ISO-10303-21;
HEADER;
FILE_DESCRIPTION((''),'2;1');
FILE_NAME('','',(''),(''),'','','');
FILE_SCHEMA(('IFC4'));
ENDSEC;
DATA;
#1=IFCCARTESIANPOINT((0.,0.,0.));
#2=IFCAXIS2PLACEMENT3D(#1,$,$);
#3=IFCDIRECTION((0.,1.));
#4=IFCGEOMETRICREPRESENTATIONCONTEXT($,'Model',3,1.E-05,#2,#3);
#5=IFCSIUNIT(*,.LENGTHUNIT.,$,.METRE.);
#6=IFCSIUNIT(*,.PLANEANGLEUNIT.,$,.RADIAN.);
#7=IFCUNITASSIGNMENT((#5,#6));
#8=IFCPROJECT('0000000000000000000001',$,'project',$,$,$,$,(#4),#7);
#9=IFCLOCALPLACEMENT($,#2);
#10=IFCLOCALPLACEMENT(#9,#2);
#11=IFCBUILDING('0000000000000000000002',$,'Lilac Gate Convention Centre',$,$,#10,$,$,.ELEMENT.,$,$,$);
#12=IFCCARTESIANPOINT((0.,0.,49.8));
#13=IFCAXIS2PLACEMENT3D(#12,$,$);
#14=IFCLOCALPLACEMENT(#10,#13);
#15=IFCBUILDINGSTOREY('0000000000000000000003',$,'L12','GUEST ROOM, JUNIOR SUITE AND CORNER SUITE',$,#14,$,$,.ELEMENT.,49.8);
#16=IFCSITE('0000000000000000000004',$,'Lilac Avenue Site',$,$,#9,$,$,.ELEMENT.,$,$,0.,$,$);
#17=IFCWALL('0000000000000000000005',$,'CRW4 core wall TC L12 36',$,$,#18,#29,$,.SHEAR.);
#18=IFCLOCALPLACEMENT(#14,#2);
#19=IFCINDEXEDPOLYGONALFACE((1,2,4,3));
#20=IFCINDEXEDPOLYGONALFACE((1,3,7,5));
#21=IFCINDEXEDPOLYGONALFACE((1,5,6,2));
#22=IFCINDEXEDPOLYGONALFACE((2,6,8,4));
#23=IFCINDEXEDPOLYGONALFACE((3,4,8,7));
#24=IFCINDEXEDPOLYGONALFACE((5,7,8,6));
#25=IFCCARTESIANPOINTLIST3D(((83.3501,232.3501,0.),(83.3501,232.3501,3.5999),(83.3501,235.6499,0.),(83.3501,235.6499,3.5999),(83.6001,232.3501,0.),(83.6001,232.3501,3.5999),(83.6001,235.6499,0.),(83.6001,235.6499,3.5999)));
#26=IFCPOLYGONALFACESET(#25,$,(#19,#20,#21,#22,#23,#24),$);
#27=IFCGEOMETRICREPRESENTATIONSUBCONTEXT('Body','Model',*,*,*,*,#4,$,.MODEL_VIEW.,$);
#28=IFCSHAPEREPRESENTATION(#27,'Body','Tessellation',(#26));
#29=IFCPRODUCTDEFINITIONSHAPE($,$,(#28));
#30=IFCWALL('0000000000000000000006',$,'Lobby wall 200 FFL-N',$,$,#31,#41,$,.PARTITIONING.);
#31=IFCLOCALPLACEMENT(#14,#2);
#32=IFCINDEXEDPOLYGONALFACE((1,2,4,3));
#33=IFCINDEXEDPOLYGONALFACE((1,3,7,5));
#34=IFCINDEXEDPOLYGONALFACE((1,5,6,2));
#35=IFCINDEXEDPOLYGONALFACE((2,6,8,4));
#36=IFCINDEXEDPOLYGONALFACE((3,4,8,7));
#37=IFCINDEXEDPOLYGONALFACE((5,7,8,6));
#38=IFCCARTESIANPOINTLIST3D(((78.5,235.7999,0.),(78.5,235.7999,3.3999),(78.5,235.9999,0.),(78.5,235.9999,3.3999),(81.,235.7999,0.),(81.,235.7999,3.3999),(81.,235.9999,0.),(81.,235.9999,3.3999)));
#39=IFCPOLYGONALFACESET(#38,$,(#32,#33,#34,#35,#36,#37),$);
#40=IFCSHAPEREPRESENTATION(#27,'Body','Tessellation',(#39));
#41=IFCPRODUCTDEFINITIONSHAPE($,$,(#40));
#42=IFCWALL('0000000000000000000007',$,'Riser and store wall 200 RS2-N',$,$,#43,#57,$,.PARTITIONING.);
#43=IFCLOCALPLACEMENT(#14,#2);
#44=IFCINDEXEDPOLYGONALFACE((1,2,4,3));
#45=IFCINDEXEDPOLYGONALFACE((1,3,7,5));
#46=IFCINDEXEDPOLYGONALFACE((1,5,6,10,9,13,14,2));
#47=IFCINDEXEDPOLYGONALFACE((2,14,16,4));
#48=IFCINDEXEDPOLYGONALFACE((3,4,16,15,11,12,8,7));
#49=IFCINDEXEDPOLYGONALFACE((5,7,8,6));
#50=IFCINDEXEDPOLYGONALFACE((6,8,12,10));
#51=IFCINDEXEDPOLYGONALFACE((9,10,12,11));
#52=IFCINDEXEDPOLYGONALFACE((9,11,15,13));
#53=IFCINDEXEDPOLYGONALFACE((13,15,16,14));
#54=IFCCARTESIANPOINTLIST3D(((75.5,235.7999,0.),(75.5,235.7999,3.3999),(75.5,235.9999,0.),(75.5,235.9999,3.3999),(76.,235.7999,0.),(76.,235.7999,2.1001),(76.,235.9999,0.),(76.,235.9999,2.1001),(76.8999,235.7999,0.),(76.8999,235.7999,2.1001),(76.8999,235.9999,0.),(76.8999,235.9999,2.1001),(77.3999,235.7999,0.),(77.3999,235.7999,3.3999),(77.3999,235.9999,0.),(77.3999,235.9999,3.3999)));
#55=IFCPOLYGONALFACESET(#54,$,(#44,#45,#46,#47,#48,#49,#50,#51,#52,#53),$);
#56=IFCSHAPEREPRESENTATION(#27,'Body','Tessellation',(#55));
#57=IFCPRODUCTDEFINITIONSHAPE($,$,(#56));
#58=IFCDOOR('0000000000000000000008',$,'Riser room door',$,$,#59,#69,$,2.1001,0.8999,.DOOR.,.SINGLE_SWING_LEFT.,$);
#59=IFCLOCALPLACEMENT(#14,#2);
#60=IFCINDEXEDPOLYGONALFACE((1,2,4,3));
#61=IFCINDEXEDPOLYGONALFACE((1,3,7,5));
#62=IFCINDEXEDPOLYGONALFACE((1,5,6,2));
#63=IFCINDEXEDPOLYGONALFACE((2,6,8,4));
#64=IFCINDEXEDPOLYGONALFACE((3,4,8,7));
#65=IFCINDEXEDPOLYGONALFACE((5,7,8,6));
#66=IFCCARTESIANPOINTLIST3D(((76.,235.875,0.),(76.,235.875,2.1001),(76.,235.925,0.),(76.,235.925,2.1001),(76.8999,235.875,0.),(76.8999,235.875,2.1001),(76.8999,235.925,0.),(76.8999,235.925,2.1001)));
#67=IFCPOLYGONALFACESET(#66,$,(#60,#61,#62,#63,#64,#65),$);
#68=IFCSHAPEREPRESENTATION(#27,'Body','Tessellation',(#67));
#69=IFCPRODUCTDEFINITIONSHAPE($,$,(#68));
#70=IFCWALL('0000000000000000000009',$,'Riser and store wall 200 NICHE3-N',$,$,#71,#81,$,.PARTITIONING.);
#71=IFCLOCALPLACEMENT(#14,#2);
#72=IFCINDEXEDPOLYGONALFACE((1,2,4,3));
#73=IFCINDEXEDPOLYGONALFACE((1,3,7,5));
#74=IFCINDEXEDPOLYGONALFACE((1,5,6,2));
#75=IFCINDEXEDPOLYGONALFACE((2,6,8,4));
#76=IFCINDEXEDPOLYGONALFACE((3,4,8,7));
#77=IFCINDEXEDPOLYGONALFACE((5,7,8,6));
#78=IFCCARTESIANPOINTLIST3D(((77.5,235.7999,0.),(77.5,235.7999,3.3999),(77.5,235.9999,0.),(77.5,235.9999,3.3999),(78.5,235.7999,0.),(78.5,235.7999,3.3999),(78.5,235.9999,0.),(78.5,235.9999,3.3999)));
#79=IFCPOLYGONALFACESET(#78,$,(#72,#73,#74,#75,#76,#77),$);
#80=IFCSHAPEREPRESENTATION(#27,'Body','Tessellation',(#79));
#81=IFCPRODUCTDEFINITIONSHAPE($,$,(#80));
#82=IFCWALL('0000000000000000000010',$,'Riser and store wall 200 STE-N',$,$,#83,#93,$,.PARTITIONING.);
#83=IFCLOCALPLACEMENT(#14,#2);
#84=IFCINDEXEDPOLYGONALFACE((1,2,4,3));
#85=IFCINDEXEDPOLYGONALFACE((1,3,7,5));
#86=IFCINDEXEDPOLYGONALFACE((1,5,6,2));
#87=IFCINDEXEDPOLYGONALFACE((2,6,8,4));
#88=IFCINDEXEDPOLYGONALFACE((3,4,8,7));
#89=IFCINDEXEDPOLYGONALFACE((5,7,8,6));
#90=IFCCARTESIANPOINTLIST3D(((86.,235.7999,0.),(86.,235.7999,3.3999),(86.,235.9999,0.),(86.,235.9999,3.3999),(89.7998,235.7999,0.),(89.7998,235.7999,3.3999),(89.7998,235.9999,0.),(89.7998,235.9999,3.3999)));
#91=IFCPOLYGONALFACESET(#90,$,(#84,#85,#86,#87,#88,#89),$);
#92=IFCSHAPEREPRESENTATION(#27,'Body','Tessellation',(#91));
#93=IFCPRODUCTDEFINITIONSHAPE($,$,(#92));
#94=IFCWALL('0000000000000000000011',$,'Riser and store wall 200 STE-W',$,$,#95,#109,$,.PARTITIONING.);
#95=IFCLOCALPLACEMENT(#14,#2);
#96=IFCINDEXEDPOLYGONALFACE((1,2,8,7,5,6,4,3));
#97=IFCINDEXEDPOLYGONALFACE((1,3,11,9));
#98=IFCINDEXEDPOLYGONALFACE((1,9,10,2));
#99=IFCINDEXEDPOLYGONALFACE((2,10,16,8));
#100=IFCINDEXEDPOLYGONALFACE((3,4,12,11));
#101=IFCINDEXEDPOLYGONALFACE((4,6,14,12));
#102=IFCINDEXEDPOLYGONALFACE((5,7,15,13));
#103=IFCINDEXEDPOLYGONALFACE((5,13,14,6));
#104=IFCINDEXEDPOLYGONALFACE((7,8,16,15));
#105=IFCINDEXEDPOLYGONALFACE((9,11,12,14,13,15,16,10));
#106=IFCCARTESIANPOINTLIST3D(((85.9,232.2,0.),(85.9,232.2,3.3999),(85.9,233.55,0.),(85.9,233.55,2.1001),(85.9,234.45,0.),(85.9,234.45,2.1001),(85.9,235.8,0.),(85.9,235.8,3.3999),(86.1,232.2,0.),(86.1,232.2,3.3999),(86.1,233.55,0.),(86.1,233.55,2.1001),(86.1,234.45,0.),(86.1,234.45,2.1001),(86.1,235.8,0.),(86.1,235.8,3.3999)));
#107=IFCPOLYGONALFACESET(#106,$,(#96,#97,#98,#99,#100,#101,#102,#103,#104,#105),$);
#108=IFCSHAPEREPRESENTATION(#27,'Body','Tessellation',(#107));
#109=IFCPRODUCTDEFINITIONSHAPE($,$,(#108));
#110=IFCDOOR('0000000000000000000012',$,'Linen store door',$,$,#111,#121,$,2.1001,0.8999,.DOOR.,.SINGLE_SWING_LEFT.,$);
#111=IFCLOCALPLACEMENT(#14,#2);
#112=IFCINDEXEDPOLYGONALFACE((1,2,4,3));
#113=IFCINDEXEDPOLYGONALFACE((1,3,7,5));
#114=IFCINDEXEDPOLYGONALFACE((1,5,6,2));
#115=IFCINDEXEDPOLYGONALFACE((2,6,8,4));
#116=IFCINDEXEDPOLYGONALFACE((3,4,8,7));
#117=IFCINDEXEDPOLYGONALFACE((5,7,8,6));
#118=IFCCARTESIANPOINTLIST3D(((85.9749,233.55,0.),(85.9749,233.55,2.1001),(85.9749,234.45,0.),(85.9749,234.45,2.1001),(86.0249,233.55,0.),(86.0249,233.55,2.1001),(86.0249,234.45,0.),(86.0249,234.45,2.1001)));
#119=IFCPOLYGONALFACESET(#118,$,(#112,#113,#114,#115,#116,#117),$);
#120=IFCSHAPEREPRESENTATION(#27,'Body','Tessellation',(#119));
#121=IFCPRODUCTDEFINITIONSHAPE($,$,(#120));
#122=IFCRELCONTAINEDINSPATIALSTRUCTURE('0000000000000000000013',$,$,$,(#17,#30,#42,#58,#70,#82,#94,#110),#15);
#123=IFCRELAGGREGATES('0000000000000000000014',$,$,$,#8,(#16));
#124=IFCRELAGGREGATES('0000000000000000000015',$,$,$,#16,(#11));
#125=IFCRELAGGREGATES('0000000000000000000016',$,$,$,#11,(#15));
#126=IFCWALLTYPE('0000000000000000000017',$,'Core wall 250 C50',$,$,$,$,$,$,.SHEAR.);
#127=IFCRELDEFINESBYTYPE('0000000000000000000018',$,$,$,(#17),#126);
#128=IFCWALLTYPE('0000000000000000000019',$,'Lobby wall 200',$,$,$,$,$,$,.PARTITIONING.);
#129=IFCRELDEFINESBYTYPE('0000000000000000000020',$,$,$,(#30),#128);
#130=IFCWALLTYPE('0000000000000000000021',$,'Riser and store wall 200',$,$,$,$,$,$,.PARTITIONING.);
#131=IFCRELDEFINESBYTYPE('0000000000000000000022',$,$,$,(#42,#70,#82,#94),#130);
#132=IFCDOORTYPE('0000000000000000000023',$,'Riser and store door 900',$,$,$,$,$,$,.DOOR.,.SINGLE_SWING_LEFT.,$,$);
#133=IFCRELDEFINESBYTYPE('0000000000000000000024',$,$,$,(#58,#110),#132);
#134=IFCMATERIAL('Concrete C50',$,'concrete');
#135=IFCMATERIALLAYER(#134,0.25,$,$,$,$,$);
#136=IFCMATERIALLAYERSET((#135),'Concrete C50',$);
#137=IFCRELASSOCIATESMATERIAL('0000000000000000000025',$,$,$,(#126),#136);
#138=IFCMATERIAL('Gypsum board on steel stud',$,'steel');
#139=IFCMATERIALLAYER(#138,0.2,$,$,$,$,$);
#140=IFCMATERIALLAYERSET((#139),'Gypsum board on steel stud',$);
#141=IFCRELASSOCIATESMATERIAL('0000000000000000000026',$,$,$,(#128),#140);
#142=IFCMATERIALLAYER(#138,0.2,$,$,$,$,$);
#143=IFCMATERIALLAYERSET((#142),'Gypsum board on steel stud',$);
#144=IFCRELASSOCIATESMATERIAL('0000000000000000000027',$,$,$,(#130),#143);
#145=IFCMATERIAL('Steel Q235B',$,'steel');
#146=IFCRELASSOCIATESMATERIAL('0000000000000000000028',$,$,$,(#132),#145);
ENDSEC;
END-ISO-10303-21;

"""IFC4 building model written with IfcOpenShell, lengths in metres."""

from ifc_helpers import new_model, si_unit, direction, frame, frame_2d, origin, place, context, subcontext, project, spatial, rectangle, extrude, material, layer, layer_set, type_object, element, fill, save


model = new_model("IFC4")

# Units and contexts
model_context = context("Model", 3, precision=1e-05, world=origin(), true_north=direction((0.0, 1.0)))
body_context = subcontext(model_context, "Body", "Model", "MODEL_VIEW")
ifc_project = project(units=[si_unit("LENGTHUNIT", "METRE"), si_unit("PLANEANGLEUNIT", "RADIAN")], contexts=[model_context])

# Site, building, storey
site_placement = place(None, origin())
site = spatial("IfcSite", under=ifc_project, at=site_placement, Name="Lilac Avenue Site", CompositionType="ELEMENT", RefElevation=0.0)
building_placement = place(site_placement, origin())
building = spatial("IfcBuilding", under=site, at=building_placement, Name="Lilac Gate Convention Centre", CompositionType="ELEMENT")
storey_placement = place(building_placement, frame((0.0, 0.0, 49.8)))
storey = spatial("IfcBuildingStorey", under=building, at=storey_placement, Name="L12", Description="GUEST ROOM, JUNIOR SUITE AND CORNER SUITE", CompositionType="ELEMENT", Elevation=49.8)

# Walls
ifc_material_1 = material(Name="Concrete C50", Category="concrete")
ifc_layer_1 = layer(ifc_material_1, 0.25)
ifc_layer_set_1 = layer_set([ifc_layer_1], Name="Concrete C50")
wall_type_1 = type_object("IfcWallType", Name="Core wall 250 C50", PredefinedType="SHEAR", material=ifc_layer_set_1)
wall_1_placement = place(storey_placement, frame((83.4751, 232.3501, 0.0), z_axis=(0.0, 0.0, 1.0), x_axis=(0.0, 1.0, 0.0)))
element("IfcWall", 1, at=wall_1_placement, inside=storey, type_object=wall_type_1, Name="CRW4 core wall TC L12 36", PredefinedType="SHEAR", context=body_context, shape_type="SweptSolid", body=[
    extrude(rectangle(XDim=3.2998, YDim=0.25, at=frame_2d((1.6499, 0.0))), origin(), (0.0, 0.0, 1.0), 3.5999),
])
ifc_material_2 = material(Name="Gypsum board on steel stud", Category="steel")
ifc_layer_2 = layer(ifc_material_2, 0.2)
ifc_layer_set_2 = layer_set([ifc_layer_2], Name="Gypsum board on steel stud")
wall_type_2 = type_object("IfcWallType", Name="Lobby wall 200", PredefinedType="PARTITIONING", material=ifc_layer_set_2)
wall_2_placement = place(storey_placement, frame((78.5, 235.8999, 0.0), z_axis=(0.0, 0.0, 1.0), x_axis=(1.0, 0.0, 0.0)))
element("IfcWall", 2, at=wall_2_placement, inside=storey, type_object=wall_type_2, Name="Lobby wall 200 FFL-N", PredefinedType="PARTITIONING", context=body_context, shape_type="SweptSolid", body=[
    extrude(rectangle(XDim=2.5, YDim=0.2, at=frame_2d((1.25, 0.0))), origin(), (0.0, 0.0, 1.0), 3.3999),
])

# Wall, opening, door
ifc_layer_3 = layer(ifc_material_2, 0.2)
ifc_layer_set_3 = layer_set([ifc_layer_3], Name="Gypsum board on steel stud")
wall_type_3 = type_object("IfcWallType", Name="Riser and store wall 200", PredefinedType="PARTITIONING", material=ifc_layer_set_3)
wall_3_placement = place(storey_placement, frame((77.3999, 235.8999, 0.0), z_axis=(0.0, 0.0, 1.0), x_axis=(-1.0, 0.0, 0.0)))
wall_3 = element("IfcWall", 3, at=wall_3_placement, inside=storey, type_object=wall_type_3, Name="Riser and store wall 200 RS2-N", PredefinedType="PARTITIONING", context=body_context, shape_type="SweptSolid", body=[
    extrude(rectangle(XDim=1.8999, YDim=0.2, at=frame_2d((0.95, 0.0))), origin(), (0.0, 0.0, 1.0), 3.3999),
])
opening_1_placement = place(wall_3_placement, frame((0.5, 0.0, 0.0)))
opening_1 = element("IfcOpeningElement", 4, at=opening_1_placement, cuts=wall_3, PredefinedType="OPENING", context=body_context, shape_type="SweptSolid", body=[
    extrude(rectangle(XDim=0.8999, YDim=2.1001, at=frame_2d((0.45, 1.05))), frame((0.0, 0.1099, 0.0), z_axis=(0.0, -1.0, 0.0), x_axis=(1.0, 0.0, 0.0)), (0.0, 0.0, 1.0), 0.22),
])
ifc_material_3 = material(Name="Steel Q235B", Category="steel")
door_type = type_object("IfcDoorType", Name="Riser and store door 900", OperationType="SINGLE_SWING_LEFT", PredefinedType="DOOR", material=ifc_material_3)
door_1_placement = place(opening_1_placement, origin())
door_1 = element("IfcDoor", 5, at=door_1_placement, inside=storey, type_object=door_type, Name="Riser room door", OperationType="SINGLE_SWING_LEFT", OverallHeight=2.1001, OverallWidth=0.8999, PredefinedType="DOOR", context=body_context, shape_type="SweptSolid", body=[
    extrude(rectangle(XDim=0.8999, YDim=2.1001, at=frame_2d((0.45, 1.05))), frame((0.0, 0.0249, 0.0), z_axis=(0.0, -1.0, 0.0), x_axis=(1.0, 0.0, 0.0)), (0.0, 0.0, 1.0), 0.05),
])
fill(opening_1, door_1)

# Walls
wall_4_placement = place(storey_placement, frame((77.5, 235.8999, 0.0), z_axis=(0.0, 0.0, 1.0), x_axis=(1.0, 0.0, 0.0)))
element("IfcWall", 6, at=wall_4_placement, inside=storey, type_object=wall_type_3, Name="Riser and store wall 200 NICHE3-N", PredefinedType="PARTITIONING", context=body_context, shape_type="SweptSolid", body=[
    extrude(rectangle(XDim=1.0, YDim=0.2, at=frame_2d((0.5, 0.0))), origin(), (0.0, 0.0, 1.0), 3.3999),
])
wall_5_placement = place(storey_placement, frame((86.0, 235.8999, 0.0), z_axis=(0.0, 0.0, 1.0), x_axis=(1.0, 0.0, 0.0)))
element("IfcWall", 7, at=wall_5_placement, inside=storey, type_object=wall_type_3, Name="Riser and store wall 200 STE-N", PredefinedType="PARTITIONING", context=body_context, shape_type="SweptSolid", body=[
    extrude(rectangle(XDim=3.7998, YDim=0.2, at=frame_2d((1.8999, 0.0))), origin(), (0.0, 0.0, 1.0), 3.3999),
])

# Wall, opening, door
wall_6_placement = place(storey_placement, frame((86.0, 235.8, 0.0), z_axis=(0.0, 0.0, 1.0), x_axis=(0.0, -1.0, 0.0)))
wall_6 = element("IfcWall", 8, at=wall_6_placement, inside=storey, type_object=wall_type_3, Name="Riser and store wall 200 STE-W", PredefinedType="PARTITIONING", context=body_context, shape_type="SweptSolid", body=[
    extrude(rectangle(XDim=3.6001, YDim=0.2, at=frame_2d((1.8, 0.0))), origin(), (0.0, 0.0, 1.0), 3.3999),
])
opening_2_placement = place(wall_6_placement, frame((1.3501, 0.0, 0.0)))
opening_2 = element("IfcOpeningElement", 9, at=opening_2_placement, cuts=wall_6, PredefinedType="OPENING", context=body_context, shape_type="SweptSolid", body=[
    extrude(rectangle(XDim=0.8999, YDim=2.1001, at=frame_2d((0.45, 1.05))), frame((0.0, 0.1099, 0.0), z_axis=(0.0, -1.0, 0.0), x_axis=(1.0, 0.0, 0.0)), (0.0, 0.0, 1.0), 0.22),
])
door_2_placement = place(opening_2_placement, origin())
door_2 = element("IfcDoor", 10, at=door_2_placement, inside=storey, type_object=door_type, Name="Linen store door", OperationType="SINGLE_SWING_LEFT", OverallHeight=2.1001, OverallWidth=0.8999, PredefinedType="DOOR", context=body_context, shape_type="SweptSolid", body=[
    extrude(rectangle(XDim=0.8999, YDim=2.1001, at=frame_2d((0.45, 1.05))), frame((0.0, 0.0249, 0.0), z_axis=(0.0, -1.0, 0.0), x_axis=(1.0, 0.0, 0.0)), (0.0, 0.0, 1.0), 0.05),
])
fill(opening_2, door_2)

save(model, "model.ifc")
